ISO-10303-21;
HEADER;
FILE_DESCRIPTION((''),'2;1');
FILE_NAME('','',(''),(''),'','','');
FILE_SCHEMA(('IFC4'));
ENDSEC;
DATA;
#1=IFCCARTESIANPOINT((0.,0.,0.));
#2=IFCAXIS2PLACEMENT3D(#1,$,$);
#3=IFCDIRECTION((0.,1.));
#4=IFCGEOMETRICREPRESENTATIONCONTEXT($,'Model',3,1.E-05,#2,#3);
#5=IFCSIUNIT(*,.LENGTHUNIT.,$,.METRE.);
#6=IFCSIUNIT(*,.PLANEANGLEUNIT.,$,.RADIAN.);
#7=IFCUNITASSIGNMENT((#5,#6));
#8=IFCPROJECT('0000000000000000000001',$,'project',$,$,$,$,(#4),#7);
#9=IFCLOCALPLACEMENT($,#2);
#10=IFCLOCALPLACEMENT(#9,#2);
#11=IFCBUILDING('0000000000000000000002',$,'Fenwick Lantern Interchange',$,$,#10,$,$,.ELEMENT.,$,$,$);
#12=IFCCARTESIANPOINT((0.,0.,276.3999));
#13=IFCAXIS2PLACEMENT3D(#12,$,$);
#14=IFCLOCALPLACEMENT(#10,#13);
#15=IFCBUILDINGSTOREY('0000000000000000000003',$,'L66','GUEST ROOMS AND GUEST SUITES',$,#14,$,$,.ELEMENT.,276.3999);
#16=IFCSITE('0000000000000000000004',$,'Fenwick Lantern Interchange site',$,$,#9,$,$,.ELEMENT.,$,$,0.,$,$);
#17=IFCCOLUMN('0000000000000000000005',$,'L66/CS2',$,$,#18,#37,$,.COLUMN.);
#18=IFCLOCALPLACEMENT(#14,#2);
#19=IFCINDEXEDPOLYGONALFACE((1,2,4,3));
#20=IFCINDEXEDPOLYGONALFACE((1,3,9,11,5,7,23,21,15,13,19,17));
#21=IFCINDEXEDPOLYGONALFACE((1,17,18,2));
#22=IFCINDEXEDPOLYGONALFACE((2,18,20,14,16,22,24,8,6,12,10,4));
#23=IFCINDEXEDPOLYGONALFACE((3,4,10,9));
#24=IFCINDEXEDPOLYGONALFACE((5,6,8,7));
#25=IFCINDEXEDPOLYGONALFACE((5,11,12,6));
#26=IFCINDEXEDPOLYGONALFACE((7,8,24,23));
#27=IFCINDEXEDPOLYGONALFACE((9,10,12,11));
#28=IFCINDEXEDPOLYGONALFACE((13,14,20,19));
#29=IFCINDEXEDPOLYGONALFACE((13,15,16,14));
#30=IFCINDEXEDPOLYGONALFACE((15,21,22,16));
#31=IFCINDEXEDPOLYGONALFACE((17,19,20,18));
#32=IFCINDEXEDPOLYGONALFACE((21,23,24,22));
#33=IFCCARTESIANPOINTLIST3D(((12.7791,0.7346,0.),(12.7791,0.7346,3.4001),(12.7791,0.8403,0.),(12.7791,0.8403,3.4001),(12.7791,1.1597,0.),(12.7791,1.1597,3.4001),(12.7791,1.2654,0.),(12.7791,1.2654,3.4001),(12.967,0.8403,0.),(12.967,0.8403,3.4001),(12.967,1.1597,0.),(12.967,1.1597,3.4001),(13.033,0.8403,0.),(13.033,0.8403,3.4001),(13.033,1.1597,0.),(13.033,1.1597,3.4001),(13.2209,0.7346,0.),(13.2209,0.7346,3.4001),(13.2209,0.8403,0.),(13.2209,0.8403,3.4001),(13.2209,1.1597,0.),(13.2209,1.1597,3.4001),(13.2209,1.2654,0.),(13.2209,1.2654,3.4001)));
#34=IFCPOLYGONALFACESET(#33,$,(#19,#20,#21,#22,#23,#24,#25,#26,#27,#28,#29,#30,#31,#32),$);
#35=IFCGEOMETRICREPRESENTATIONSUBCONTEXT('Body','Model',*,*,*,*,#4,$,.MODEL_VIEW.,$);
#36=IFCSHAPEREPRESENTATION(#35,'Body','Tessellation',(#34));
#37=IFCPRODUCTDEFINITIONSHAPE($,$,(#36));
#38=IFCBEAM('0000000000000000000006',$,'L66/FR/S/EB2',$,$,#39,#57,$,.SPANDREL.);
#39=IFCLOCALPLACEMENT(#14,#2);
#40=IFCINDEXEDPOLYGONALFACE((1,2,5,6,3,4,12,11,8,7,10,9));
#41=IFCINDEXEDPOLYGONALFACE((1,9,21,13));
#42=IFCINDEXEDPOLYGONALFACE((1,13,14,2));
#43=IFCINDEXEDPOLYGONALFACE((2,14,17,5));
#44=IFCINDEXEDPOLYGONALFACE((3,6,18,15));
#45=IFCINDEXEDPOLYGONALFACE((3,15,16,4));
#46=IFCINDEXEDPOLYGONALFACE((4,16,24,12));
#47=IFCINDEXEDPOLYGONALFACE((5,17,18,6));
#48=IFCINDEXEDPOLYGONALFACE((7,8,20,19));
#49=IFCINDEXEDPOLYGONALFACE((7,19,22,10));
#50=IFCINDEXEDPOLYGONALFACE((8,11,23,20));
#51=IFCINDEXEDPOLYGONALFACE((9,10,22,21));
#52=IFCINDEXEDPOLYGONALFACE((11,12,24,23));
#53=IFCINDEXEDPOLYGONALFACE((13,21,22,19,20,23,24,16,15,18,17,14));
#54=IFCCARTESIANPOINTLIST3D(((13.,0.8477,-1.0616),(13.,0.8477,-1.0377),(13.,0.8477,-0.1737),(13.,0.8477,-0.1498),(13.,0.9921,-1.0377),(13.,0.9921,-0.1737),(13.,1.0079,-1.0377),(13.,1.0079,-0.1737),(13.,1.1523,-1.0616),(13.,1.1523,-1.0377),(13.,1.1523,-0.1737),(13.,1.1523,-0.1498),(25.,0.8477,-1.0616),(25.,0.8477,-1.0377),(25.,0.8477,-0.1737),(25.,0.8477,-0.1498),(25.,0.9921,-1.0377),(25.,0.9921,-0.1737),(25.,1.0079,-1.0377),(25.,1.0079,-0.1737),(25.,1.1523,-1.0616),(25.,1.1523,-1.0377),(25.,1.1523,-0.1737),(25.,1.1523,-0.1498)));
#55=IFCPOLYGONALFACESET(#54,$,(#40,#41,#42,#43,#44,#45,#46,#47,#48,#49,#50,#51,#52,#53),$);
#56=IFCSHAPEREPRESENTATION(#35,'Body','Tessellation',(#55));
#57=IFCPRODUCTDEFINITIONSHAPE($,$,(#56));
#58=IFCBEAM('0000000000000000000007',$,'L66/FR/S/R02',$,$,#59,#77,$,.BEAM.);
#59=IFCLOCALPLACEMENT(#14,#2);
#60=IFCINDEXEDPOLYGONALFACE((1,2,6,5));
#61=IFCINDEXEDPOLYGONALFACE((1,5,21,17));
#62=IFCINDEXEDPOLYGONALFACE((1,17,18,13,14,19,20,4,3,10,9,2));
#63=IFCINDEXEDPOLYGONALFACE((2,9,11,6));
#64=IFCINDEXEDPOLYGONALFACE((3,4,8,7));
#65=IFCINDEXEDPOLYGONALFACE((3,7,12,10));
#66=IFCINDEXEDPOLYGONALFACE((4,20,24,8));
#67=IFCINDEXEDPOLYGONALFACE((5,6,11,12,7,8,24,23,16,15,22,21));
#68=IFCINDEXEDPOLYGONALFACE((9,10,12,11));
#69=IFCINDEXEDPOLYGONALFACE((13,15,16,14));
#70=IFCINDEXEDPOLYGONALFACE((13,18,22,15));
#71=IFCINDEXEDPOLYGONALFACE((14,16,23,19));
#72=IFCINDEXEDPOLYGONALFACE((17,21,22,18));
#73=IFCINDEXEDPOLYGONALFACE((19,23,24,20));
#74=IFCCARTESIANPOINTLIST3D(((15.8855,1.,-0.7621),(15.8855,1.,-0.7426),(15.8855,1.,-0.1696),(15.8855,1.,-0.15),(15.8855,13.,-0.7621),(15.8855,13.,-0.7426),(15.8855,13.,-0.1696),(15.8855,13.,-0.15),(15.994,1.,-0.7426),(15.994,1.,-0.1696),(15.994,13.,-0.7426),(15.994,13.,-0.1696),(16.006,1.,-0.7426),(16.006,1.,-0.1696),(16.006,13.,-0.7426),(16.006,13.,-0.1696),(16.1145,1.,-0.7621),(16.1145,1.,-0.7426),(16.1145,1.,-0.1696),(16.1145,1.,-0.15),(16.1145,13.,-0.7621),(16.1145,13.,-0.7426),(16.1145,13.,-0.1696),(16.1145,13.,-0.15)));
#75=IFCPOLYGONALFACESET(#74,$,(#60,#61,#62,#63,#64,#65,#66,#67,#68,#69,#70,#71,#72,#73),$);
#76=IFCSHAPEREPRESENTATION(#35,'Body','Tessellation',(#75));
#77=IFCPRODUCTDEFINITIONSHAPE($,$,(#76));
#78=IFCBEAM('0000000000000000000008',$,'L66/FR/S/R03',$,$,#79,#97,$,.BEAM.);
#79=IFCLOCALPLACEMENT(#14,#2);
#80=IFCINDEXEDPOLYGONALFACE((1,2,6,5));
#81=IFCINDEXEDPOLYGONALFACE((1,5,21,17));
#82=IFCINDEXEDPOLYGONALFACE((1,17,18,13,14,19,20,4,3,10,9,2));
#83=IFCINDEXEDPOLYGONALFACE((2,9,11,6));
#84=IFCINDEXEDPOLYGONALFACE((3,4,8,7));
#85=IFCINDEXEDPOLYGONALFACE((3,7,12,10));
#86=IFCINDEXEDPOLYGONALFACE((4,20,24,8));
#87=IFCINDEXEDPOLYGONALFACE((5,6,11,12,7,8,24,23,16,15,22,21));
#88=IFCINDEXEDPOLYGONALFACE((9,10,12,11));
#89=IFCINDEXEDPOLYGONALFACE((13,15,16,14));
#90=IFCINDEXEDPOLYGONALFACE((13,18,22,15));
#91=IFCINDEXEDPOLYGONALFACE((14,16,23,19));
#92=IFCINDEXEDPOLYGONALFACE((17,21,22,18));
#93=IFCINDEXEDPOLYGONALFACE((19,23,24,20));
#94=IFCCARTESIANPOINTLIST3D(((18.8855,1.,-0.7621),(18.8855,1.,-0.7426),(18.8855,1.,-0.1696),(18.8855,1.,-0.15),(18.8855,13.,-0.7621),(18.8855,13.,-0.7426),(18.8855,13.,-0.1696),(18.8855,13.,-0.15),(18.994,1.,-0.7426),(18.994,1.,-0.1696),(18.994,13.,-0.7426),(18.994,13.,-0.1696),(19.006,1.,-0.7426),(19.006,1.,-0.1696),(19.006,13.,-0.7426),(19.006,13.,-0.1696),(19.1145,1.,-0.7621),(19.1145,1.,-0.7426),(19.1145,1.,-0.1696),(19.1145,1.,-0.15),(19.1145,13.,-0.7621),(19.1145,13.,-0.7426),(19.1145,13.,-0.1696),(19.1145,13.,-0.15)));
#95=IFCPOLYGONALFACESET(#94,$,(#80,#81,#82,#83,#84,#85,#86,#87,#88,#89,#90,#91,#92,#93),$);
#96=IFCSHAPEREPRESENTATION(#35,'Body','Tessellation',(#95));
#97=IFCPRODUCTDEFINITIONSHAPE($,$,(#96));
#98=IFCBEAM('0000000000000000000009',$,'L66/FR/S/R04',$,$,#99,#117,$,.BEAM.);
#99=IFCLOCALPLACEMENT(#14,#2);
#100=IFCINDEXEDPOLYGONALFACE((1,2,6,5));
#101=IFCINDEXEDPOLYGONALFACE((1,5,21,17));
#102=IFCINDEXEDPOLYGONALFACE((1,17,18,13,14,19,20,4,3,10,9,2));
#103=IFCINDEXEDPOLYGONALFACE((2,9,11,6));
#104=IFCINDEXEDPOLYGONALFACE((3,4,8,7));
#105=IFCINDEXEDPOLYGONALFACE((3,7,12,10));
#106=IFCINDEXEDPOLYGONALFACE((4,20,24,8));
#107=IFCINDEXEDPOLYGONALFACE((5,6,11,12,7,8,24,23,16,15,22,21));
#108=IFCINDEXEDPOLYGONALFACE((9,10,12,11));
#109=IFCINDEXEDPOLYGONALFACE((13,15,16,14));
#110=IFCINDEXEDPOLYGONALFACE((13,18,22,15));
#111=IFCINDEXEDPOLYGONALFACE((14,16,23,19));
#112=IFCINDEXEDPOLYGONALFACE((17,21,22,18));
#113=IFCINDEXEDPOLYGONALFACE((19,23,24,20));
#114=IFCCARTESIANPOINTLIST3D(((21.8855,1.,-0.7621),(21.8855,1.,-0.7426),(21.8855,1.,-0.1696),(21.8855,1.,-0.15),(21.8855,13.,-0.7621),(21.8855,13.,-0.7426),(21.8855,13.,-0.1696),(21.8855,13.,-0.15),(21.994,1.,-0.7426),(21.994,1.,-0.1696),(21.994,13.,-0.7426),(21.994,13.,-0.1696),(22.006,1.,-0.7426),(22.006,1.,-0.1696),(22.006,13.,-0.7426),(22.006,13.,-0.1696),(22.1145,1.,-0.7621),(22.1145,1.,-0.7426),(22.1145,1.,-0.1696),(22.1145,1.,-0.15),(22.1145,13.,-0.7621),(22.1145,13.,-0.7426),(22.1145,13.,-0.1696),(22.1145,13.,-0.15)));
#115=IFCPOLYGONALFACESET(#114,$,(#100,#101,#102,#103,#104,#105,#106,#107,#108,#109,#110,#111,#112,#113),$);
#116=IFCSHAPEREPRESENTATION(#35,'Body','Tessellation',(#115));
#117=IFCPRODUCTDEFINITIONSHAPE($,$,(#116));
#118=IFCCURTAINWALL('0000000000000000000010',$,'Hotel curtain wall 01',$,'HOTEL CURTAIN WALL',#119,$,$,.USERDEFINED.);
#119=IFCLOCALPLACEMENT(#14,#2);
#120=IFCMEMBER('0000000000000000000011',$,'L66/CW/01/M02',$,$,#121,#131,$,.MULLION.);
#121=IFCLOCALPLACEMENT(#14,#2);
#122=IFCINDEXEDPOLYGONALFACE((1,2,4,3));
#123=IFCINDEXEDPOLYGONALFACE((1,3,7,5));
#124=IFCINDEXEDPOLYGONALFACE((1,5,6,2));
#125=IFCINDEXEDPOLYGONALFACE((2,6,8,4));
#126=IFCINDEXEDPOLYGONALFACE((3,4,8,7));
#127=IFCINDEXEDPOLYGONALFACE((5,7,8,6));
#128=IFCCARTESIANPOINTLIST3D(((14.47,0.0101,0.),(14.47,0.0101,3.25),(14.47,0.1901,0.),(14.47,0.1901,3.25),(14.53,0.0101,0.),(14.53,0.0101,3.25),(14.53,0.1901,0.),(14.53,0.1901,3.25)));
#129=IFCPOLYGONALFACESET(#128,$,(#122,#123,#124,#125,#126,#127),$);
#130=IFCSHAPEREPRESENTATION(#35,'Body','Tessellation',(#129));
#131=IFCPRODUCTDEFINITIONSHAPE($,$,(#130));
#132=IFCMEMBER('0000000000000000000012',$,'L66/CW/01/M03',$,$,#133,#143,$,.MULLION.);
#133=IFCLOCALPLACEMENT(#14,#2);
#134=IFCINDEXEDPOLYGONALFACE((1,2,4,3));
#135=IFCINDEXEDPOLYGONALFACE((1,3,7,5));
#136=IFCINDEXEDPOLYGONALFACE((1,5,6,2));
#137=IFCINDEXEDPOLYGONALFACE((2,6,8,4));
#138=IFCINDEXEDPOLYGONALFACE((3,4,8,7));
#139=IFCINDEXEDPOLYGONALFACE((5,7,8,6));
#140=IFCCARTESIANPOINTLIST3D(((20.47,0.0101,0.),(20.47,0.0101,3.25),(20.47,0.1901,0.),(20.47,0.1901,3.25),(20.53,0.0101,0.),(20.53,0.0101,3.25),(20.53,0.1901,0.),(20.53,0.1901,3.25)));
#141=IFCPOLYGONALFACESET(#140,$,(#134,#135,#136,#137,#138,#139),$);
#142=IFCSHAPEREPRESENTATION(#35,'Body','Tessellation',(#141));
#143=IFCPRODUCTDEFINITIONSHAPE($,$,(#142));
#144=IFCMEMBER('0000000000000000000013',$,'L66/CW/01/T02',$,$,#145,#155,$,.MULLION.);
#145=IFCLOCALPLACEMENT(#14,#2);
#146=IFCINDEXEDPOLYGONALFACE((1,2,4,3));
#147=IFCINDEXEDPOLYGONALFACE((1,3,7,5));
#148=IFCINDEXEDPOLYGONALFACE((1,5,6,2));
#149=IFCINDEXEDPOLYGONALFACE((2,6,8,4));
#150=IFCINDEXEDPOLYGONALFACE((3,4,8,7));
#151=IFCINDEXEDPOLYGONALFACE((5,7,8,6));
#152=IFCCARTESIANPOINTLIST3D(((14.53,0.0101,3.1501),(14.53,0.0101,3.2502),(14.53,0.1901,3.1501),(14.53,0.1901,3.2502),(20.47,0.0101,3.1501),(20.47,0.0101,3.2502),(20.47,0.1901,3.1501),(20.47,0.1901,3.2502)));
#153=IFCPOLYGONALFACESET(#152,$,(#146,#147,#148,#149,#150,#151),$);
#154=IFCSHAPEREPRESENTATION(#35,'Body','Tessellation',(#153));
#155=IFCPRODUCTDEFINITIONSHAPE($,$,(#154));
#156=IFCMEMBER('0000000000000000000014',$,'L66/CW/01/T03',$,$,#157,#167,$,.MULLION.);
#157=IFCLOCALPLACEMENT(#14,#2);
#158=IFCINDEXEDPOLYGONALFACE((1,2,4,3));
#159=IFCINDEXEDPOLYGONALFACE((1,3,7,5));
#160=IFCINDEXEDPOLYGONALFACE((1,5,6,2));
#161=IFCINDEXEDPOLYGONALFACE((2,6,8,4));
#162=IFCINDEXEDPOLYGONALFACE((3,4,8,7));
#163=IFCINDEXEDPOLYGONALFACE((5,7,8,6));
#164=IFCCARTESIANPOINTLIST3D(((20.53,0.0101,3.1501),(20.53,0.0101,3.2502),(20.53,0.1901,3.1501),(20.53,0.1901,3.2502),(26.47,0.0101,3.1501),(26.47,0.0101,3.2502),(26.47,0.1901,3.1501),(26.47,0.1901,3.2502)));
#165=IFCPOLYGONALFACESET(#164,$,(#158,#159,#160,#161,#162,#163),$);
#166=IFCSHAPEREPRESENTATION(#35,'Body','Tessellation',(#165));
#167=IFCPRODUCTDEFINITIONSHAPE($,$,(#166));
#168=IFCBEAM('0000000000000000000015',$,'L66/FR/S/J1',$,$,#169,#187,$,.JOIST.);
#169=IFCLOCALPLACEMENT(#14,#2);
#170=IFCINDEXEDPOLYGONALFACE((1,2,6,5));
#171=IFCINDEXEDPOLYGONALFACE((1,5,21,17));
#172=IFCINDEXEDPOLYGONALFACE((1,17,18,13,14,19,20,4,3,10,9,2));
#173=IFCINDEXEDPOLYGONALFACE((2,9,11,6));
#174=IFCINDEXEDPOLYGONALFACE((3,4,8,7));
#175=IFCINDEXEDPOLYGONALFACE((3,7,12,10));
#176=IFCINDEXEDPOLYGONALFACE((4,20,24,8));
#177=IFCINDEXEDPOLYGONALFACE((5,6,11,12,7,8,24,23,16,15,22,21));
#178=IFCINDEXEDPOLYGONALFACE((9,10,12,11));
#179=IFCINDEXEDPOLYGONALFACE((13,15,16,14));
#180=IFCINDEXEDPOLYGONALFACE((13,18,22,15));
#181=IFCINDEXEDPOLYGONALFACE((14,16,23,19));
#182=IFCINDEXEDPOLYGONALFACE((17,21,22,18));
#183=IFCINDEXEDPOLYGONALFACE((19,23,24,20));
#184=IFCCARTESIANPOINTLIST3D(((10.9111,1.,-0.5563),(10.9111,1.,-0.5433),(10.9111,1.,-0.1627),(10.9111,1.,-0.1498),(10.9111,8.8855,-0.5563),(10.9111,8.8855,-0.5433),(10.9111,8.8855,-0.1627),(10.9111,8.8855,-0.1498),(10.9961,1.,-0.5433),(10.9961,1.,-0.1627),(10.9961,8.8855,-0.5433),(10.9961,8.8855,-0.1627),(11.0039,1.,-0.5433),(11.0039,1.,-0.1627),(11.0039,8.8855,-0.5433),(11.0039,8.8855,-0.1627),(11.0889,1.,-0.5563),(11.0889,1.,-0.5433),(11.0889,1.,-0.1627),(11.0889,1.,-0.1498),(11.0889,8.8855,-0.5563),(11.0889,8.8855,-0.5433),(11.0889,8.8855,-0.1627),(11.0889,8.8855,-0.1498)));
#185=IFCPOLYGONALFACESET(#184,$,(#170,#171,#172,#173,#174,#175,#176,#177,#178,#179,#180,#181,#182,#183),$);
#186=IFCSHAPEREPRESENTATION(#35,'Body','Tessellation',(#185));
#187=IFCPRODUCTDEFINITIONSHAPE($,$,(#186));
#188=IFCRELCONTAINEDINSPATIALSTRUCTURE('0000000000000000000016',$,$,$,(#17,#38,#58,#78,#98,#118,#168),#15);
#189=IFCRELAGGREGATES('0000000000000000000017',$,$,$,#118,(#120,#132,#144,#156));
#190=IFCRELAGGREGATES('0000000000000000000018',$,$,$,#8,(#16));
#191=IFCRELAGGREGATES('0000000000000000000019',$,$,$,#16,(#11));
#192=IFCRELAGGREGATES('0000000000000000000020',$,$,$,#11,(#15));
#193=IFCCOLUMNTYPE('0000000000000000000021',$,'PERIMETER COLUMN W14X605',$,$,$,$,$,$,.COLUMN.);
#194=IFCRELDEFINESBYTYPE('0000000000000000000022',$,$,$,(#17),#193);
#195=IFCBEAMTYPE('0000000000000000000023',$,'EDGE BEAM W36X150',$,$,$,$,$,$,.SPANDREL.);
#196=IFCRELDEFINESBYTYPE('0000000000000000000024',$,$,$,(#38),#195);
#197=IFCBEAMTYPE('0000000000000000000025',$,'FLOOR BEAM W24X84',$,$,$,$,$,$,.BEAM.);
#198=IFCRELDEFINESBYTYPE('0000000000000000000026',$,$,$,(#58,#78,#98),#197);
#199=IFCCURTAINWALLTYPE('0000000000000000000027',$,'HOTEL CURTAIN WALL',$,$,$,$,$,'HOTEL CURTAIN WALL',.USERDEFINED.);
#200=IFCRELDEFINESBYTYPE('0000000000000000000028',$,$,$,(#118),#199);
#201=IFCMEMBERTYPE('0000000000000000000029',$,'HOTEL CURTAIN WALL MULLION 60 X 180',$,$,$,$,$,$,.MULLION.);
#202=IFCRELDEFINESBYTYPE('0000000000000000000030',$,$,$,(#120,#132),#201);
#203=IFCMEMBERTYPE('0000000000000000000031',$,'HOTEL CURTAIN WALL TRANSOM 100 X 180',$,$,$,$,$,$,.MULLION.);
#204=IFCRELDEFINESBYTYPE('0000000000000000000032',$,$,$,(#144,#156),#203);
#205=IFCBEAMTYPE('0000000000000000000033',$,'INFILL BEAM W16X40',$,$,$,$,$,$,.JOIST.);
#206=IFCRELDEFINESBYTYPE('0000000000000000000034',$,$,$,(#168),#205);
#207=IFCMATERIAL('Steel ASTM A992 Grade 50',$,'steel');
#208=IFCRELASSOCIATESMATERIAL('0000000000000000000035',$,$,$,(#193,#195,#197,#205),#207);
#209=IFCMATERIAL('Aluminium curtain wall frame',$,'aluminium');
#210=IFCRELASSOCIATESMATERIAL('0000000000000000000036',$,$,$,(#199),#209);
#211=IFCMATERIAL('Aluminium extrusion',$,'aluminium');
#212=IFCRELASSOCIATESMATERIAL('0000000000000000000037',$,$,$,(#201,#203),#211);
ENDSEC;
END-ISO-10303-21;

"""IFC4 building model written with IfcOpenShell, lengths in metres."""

from ifc_helpers import new_model, si_unit, direction, frame, origin, origin_2d, place, context, subcontext, project, spatial, rectangle, i_section, extrude, material, material_profile, profile_set, type_object, element, aggregate, save


model = new_model("IFC4")

# Units and contexts
model_context = context("Model", 3, precision=1e-05, world=origin(), true_north=direction((0.0, 1.0)))
body_context = subcontext(model_context, "Body", "Model", "MODEL_VIEW")
ifc_project = project(units=[si_unit("LENGTHUNIT", "METRE"), si_unit("PLANEANGLEUNIT", "RADIAN")], contexts=[model_context])

# Site, building, storey
site_placement = place(None, origin())
site = spatial("IfcSite", under=ifc_project, at=site_placement, Name="Fenwick Lantern Interchange site", CompositionType="ELEMENT", RefElevation=0.0)
building_placement = place(site_placement, origin())
building = spatial("IfcBuilding", under=site, at=building_placement, Name="Fenwick Lantern Interchange", CompositionType="ELEMENT")
storey_placement = place(building_placement, frame((0.0, 0.0, 276.3999)))
storey = spatial("IfcBuildingStorey", under=building, at=storey_placement, Name="L66", Description="GUEST ROOMS AND GUEST SUITES", CompositionType="ELEMENT", Elevation=276.3999)

# Column
ifc_material_1 = material(Name="Steel ASTM A992 Grade 50", Category="steel")
ifc_material_profile_1 = material_profile(ifc_material_1, i_section(OverallWidth=0.4419, OverallDepth=0.5308, WebThickness=0.0659, FlangeThickness=0.1057, at=origin_2d()), Name="W14X605")
ifc_profile_set_1 = profile_set([ifc_material_profile_1], Name="Steel ASTM A992 Grade 50")
column_type = type_object("IfcColumnType", Name="PERIMETER COLUMN W14X605", PredefinedType="COLUMN", material=ifc_profile_set_1)
column_placement = place(storey_placement, frame((13.0, 1.0, 0.0), z_axis=(0.0, 0.0, 1.0), x_axis=(1.0, 0.0, 0.0)))
element("IfcColumn", 1, at=column_placement, inside=storey, type_object=column_type, Name="L66/CS2", PredefinedType="COLUMN", context=body_context, shape_type="SweptSolid", body=[
    extrude(i_section(OverallWidth=0.4419, OverallDepth=0.5308, WebThickness=0.0659, FlangeThickness=0.1057, at=origin_2d()), origin(), (0.0, 0.0, 1.0), 3.4001),
])

# Beams
ifc_material_profile_2 = material_profile(ifc_material_1, i_section(OverallWidth=0.3047, OverallDepth=0.9119, WebThickness=0.0159, FlangeThickness=0.0239, at=origin_2d()), Name="W36X150")
ifc_profile_set_2 = profile_set([ifc_material_profile_2], Name="Steel ASTM A992 Grade 50")
beam_type_1 = type_object("IfcBeamType", Name="EDGE BEAM W36X150", PredefinedType="SPANDREL", material=ifc_profile_set_2)
beam_1_placement = place(storey_placement, frame((13.0, 1.0, -0.6057), z_axis=(1.0, 0.0, 0.0), x_axis=(0.0, 1.0, 0.0)))
element("IfcBeam", 2, at=beam_1_placement, inside=storey, type_object=beam_type_1, Name="L66/FR/S/EB2", PredefinedType="SPANDREL", context=body_context, shape_type="SweptSolid", body=[
    extrude(i_section(OverallWidth=0.3047, OverallDepth=0.9119, WebThickness=0.0159, FlangeThickness=0.0239, at=origin_2d()), origin(), (0.0, 0.0, 1.0), 12.0),
])
ifc_material_profile_3 = material_profile(ifc_material_1, i_section(OverallWidth=0.229, OverallDepth=0.6121, WebThickness=0.012, FlangeThickness=0.0195, at=origin_2d()), Name="W24X84")
ifc_profile_set_3 = profile_set([ifc_material_profile_3], Name="Steel ASTM A992 Grade 50")
beam_type_2 = type_object("IfcBeamType", Name="FLOOR BEAM W24X84", PredefinedType="BEAM", material=ifc_profile_set_3)
for number, where, z_axis, x_axis, name in (
    (3, (16.0, 1.0, -0.4561), (0.0, 1.0, 0.0), (-1.0, 0.0, 0.0), "L66/FR/S/R02"),
    (4, (19.0, 1.0, -0.4561), (0.0, 1.0, 0.0), (-1.0, 0.0, 0.0), "L66/FR/S/R03"),
    (5, (22.0, 1.0, -0.4561), (0.0, 1.0, 0.0), (-1.0, 0.0, 0.0), "L66/FR/S/R04"),
):
    element("IfcBeam", number, at=place(storey_placement, frame(where, z_axis=z_axis, x_axis=x_axis)), inside=storey, type_object=beam_type_2, Name=name, PredefinedType="BEAM", context=body_context, shape_type="SweptSolid", body=[
        extrude(i_section(OverallWidth=0.229, OverallDepth=0.6121, WebThickness=0.012, FlangeThickness=0.0195, at=origin_2d()), origin(), (0.0, 0.0, 1.0), 12.0),
    ])

# Curtain wall, members
ifc_material_2 = material(Name="Aluminium curtain wall frame", Category="aluminium")
curtain_wall_type = type_object("IfcCurtainWallType", Name="HOTEL CURTAIN WALL", ElementType="HOTEL CURTAIN WALL", PredefinedType="USERDEFINED", material=ifc_material_2)
curtain_wall_placement = place(storey_placement, origin())
curtain_wall = element("IfcCurtainWall", 6, at=curtain_wall_placement, inside=storey, type_object=curtain_wall_type, Name="Hotel curtain wall 01", ObjectType="HOTEL CURTAIN WALL", PredefinedType="USERDEFINED")
ifc_material_3 = material(Name="Aluminium extrusion", Category="aluminium")
ifc_material_profile_4 = material_profile(ifc_material_3, rectangle(XDim=0.1799, YDim=0.0601, at=origin_2d()), Name="HOTEL CURTAIN WALL MULLION 60 X 180")
ifc_profile_set_4 = profile_set([ifc_material_profile_4], Name="Aluminium extrusion")
member_type_1 = type_object("IfcMemberType", Name="HOTEL CURTAIN WALL MULLION 60 X 180", PredefinedType="MULLION", material=ifc_profile_set_4)
member_1_placement = place(storey_placement, frame((14.5, 0.1001, 0.0), z_axis=(0.0, 0.0, 1.0), x_axis=(0.0, 1.0, 0.0)))
member_1 = element("IfcMember", 7, at=member_1_placement, type_object=member_type_1, Name="L66/CW/01/M02", PredefinedType="MULLION", context=body_context, shape_type="SweptSolid", body=[
    extrude(rectangle(XDim=0.1799, YDim=0.0601, at=origin_2d()), origin(), (0.0, 0.0, 1.0), 3.25),
])
member_2_placement = place(storey_placement, frame((20.5, 0.1001, 0.0), z_axis=(0.0, 0.0, 1.0), x_axis=(0.0, 1.0, 0.0)))
member_2 = element("IfcMember", 8, at=member_2_placement, type_object=member_type_1, Name="L66/CW/01/M03", PredefinedType="MULLION", context=body_context, shape_type="SweptSolid", body=[
    extrude(rectangle(XDim=0.1799, YDim=0.0601, at=origin_2d()), origin(), (0.0, 0.0, 1.0), 3.25),
])
ifc_material_profile_5 = material_profile(ifc_material_3, rectangle(XDim=0.1799, YDim=0.1001, at=origin_2d()), Name="HOTEL CURTAIN WALL TRANSOM 100 X 180")
ifc_profile_set_5 = profile_set([ifc_material_profile_5], Name="Aluminium extrusion")
member_type_2 = type_object("IfcMemberType", Name="HOTEL CURTAIN WALL TRANSOM 100 X 180", PredefinedType="MULLION", material=ifc_profile_set_5)
member_3_placement = place(storey_placement, frame((14.53, 0.1001, 3.2002), z_axis=(1.0, 0.0, 0.0), x_axis=(0.0, 1.0, 0.0)))
member_3 = element("IfcMember", 9, at=member_3_placement, type_object=member_type_2, Name="L66/CW/01/T02", PredefinedType="MULLION", context=body_context, shape_type="SweptSolid", body=[
    extrude(rectangle(XDim=0.1799, YDim=0.1001, at=origin_2d()), origin(), (0.0, 0.0, 1.0), 5.9399),
])
member_4_placement = place(storey_placement, frame((20.53, 0.1001, 3.2002), z_axis=(1.0, 0.0, 0.0), x_axis=(0.0, 1.0, 0.0)))
member_4 = element("IfcMember", 10, at=member_4_placement, type_object=member_type_2, Name="L66/CW/01/T03", PredefinedType="MULLION", context=body_context, shape_type="SweptSolid", body=[
    extrude(rectangle(XDim=0.1799, YDim=0.1001, at=origin_2d()), origin(), (0.0, 0.0, 1.0), 5.9399),
])
aggregate(curtain_wall, [member_1, member_2, member_3, member_4])

# Beam
ifc_material_profile_6 = material_profile(ifc_material_1, i_section(OverallWidth=0.1777, OverallDepth=0.4065, WebThickness=0.0078, FlangeThickness=0.0129, at=origin_2d()), Name="W16X40")
ifc_profile_set_6 = profile_set([ifc_material_profile_6], Name="Steel ASTM A992 Grade 50")
beam_type_3 = type_object("IfcBeamType", Name="INFILL BEAM W16X40", PredefinedType="JOIST", material=ifc_profile_set_6)
beam_2_placement = place(storey_placement, frame((11.0, 1.0, -0.353), z_axis=(0.0, 1.0, 0.0), x_axis=(-1.0, 0.0, 0.0)))
element("IfcBeam", 11, at=beam_2_placement, inside=storey, type_object=beam_type_3, Name="L66/FR/S/J1", PredefinedType="JOIST", context=body_context, shape_type="SweptSolid", body=[
    extrude(i_section(OverallWidth=0.1777, OverallDepth=0.4065, WebThickness=0.0078, FlangeThickness=0.0129, at=origin_2d()), origin(), (0.0, 0.0, 1.0), 7.8855),
])

save(model, "model.ifc")
